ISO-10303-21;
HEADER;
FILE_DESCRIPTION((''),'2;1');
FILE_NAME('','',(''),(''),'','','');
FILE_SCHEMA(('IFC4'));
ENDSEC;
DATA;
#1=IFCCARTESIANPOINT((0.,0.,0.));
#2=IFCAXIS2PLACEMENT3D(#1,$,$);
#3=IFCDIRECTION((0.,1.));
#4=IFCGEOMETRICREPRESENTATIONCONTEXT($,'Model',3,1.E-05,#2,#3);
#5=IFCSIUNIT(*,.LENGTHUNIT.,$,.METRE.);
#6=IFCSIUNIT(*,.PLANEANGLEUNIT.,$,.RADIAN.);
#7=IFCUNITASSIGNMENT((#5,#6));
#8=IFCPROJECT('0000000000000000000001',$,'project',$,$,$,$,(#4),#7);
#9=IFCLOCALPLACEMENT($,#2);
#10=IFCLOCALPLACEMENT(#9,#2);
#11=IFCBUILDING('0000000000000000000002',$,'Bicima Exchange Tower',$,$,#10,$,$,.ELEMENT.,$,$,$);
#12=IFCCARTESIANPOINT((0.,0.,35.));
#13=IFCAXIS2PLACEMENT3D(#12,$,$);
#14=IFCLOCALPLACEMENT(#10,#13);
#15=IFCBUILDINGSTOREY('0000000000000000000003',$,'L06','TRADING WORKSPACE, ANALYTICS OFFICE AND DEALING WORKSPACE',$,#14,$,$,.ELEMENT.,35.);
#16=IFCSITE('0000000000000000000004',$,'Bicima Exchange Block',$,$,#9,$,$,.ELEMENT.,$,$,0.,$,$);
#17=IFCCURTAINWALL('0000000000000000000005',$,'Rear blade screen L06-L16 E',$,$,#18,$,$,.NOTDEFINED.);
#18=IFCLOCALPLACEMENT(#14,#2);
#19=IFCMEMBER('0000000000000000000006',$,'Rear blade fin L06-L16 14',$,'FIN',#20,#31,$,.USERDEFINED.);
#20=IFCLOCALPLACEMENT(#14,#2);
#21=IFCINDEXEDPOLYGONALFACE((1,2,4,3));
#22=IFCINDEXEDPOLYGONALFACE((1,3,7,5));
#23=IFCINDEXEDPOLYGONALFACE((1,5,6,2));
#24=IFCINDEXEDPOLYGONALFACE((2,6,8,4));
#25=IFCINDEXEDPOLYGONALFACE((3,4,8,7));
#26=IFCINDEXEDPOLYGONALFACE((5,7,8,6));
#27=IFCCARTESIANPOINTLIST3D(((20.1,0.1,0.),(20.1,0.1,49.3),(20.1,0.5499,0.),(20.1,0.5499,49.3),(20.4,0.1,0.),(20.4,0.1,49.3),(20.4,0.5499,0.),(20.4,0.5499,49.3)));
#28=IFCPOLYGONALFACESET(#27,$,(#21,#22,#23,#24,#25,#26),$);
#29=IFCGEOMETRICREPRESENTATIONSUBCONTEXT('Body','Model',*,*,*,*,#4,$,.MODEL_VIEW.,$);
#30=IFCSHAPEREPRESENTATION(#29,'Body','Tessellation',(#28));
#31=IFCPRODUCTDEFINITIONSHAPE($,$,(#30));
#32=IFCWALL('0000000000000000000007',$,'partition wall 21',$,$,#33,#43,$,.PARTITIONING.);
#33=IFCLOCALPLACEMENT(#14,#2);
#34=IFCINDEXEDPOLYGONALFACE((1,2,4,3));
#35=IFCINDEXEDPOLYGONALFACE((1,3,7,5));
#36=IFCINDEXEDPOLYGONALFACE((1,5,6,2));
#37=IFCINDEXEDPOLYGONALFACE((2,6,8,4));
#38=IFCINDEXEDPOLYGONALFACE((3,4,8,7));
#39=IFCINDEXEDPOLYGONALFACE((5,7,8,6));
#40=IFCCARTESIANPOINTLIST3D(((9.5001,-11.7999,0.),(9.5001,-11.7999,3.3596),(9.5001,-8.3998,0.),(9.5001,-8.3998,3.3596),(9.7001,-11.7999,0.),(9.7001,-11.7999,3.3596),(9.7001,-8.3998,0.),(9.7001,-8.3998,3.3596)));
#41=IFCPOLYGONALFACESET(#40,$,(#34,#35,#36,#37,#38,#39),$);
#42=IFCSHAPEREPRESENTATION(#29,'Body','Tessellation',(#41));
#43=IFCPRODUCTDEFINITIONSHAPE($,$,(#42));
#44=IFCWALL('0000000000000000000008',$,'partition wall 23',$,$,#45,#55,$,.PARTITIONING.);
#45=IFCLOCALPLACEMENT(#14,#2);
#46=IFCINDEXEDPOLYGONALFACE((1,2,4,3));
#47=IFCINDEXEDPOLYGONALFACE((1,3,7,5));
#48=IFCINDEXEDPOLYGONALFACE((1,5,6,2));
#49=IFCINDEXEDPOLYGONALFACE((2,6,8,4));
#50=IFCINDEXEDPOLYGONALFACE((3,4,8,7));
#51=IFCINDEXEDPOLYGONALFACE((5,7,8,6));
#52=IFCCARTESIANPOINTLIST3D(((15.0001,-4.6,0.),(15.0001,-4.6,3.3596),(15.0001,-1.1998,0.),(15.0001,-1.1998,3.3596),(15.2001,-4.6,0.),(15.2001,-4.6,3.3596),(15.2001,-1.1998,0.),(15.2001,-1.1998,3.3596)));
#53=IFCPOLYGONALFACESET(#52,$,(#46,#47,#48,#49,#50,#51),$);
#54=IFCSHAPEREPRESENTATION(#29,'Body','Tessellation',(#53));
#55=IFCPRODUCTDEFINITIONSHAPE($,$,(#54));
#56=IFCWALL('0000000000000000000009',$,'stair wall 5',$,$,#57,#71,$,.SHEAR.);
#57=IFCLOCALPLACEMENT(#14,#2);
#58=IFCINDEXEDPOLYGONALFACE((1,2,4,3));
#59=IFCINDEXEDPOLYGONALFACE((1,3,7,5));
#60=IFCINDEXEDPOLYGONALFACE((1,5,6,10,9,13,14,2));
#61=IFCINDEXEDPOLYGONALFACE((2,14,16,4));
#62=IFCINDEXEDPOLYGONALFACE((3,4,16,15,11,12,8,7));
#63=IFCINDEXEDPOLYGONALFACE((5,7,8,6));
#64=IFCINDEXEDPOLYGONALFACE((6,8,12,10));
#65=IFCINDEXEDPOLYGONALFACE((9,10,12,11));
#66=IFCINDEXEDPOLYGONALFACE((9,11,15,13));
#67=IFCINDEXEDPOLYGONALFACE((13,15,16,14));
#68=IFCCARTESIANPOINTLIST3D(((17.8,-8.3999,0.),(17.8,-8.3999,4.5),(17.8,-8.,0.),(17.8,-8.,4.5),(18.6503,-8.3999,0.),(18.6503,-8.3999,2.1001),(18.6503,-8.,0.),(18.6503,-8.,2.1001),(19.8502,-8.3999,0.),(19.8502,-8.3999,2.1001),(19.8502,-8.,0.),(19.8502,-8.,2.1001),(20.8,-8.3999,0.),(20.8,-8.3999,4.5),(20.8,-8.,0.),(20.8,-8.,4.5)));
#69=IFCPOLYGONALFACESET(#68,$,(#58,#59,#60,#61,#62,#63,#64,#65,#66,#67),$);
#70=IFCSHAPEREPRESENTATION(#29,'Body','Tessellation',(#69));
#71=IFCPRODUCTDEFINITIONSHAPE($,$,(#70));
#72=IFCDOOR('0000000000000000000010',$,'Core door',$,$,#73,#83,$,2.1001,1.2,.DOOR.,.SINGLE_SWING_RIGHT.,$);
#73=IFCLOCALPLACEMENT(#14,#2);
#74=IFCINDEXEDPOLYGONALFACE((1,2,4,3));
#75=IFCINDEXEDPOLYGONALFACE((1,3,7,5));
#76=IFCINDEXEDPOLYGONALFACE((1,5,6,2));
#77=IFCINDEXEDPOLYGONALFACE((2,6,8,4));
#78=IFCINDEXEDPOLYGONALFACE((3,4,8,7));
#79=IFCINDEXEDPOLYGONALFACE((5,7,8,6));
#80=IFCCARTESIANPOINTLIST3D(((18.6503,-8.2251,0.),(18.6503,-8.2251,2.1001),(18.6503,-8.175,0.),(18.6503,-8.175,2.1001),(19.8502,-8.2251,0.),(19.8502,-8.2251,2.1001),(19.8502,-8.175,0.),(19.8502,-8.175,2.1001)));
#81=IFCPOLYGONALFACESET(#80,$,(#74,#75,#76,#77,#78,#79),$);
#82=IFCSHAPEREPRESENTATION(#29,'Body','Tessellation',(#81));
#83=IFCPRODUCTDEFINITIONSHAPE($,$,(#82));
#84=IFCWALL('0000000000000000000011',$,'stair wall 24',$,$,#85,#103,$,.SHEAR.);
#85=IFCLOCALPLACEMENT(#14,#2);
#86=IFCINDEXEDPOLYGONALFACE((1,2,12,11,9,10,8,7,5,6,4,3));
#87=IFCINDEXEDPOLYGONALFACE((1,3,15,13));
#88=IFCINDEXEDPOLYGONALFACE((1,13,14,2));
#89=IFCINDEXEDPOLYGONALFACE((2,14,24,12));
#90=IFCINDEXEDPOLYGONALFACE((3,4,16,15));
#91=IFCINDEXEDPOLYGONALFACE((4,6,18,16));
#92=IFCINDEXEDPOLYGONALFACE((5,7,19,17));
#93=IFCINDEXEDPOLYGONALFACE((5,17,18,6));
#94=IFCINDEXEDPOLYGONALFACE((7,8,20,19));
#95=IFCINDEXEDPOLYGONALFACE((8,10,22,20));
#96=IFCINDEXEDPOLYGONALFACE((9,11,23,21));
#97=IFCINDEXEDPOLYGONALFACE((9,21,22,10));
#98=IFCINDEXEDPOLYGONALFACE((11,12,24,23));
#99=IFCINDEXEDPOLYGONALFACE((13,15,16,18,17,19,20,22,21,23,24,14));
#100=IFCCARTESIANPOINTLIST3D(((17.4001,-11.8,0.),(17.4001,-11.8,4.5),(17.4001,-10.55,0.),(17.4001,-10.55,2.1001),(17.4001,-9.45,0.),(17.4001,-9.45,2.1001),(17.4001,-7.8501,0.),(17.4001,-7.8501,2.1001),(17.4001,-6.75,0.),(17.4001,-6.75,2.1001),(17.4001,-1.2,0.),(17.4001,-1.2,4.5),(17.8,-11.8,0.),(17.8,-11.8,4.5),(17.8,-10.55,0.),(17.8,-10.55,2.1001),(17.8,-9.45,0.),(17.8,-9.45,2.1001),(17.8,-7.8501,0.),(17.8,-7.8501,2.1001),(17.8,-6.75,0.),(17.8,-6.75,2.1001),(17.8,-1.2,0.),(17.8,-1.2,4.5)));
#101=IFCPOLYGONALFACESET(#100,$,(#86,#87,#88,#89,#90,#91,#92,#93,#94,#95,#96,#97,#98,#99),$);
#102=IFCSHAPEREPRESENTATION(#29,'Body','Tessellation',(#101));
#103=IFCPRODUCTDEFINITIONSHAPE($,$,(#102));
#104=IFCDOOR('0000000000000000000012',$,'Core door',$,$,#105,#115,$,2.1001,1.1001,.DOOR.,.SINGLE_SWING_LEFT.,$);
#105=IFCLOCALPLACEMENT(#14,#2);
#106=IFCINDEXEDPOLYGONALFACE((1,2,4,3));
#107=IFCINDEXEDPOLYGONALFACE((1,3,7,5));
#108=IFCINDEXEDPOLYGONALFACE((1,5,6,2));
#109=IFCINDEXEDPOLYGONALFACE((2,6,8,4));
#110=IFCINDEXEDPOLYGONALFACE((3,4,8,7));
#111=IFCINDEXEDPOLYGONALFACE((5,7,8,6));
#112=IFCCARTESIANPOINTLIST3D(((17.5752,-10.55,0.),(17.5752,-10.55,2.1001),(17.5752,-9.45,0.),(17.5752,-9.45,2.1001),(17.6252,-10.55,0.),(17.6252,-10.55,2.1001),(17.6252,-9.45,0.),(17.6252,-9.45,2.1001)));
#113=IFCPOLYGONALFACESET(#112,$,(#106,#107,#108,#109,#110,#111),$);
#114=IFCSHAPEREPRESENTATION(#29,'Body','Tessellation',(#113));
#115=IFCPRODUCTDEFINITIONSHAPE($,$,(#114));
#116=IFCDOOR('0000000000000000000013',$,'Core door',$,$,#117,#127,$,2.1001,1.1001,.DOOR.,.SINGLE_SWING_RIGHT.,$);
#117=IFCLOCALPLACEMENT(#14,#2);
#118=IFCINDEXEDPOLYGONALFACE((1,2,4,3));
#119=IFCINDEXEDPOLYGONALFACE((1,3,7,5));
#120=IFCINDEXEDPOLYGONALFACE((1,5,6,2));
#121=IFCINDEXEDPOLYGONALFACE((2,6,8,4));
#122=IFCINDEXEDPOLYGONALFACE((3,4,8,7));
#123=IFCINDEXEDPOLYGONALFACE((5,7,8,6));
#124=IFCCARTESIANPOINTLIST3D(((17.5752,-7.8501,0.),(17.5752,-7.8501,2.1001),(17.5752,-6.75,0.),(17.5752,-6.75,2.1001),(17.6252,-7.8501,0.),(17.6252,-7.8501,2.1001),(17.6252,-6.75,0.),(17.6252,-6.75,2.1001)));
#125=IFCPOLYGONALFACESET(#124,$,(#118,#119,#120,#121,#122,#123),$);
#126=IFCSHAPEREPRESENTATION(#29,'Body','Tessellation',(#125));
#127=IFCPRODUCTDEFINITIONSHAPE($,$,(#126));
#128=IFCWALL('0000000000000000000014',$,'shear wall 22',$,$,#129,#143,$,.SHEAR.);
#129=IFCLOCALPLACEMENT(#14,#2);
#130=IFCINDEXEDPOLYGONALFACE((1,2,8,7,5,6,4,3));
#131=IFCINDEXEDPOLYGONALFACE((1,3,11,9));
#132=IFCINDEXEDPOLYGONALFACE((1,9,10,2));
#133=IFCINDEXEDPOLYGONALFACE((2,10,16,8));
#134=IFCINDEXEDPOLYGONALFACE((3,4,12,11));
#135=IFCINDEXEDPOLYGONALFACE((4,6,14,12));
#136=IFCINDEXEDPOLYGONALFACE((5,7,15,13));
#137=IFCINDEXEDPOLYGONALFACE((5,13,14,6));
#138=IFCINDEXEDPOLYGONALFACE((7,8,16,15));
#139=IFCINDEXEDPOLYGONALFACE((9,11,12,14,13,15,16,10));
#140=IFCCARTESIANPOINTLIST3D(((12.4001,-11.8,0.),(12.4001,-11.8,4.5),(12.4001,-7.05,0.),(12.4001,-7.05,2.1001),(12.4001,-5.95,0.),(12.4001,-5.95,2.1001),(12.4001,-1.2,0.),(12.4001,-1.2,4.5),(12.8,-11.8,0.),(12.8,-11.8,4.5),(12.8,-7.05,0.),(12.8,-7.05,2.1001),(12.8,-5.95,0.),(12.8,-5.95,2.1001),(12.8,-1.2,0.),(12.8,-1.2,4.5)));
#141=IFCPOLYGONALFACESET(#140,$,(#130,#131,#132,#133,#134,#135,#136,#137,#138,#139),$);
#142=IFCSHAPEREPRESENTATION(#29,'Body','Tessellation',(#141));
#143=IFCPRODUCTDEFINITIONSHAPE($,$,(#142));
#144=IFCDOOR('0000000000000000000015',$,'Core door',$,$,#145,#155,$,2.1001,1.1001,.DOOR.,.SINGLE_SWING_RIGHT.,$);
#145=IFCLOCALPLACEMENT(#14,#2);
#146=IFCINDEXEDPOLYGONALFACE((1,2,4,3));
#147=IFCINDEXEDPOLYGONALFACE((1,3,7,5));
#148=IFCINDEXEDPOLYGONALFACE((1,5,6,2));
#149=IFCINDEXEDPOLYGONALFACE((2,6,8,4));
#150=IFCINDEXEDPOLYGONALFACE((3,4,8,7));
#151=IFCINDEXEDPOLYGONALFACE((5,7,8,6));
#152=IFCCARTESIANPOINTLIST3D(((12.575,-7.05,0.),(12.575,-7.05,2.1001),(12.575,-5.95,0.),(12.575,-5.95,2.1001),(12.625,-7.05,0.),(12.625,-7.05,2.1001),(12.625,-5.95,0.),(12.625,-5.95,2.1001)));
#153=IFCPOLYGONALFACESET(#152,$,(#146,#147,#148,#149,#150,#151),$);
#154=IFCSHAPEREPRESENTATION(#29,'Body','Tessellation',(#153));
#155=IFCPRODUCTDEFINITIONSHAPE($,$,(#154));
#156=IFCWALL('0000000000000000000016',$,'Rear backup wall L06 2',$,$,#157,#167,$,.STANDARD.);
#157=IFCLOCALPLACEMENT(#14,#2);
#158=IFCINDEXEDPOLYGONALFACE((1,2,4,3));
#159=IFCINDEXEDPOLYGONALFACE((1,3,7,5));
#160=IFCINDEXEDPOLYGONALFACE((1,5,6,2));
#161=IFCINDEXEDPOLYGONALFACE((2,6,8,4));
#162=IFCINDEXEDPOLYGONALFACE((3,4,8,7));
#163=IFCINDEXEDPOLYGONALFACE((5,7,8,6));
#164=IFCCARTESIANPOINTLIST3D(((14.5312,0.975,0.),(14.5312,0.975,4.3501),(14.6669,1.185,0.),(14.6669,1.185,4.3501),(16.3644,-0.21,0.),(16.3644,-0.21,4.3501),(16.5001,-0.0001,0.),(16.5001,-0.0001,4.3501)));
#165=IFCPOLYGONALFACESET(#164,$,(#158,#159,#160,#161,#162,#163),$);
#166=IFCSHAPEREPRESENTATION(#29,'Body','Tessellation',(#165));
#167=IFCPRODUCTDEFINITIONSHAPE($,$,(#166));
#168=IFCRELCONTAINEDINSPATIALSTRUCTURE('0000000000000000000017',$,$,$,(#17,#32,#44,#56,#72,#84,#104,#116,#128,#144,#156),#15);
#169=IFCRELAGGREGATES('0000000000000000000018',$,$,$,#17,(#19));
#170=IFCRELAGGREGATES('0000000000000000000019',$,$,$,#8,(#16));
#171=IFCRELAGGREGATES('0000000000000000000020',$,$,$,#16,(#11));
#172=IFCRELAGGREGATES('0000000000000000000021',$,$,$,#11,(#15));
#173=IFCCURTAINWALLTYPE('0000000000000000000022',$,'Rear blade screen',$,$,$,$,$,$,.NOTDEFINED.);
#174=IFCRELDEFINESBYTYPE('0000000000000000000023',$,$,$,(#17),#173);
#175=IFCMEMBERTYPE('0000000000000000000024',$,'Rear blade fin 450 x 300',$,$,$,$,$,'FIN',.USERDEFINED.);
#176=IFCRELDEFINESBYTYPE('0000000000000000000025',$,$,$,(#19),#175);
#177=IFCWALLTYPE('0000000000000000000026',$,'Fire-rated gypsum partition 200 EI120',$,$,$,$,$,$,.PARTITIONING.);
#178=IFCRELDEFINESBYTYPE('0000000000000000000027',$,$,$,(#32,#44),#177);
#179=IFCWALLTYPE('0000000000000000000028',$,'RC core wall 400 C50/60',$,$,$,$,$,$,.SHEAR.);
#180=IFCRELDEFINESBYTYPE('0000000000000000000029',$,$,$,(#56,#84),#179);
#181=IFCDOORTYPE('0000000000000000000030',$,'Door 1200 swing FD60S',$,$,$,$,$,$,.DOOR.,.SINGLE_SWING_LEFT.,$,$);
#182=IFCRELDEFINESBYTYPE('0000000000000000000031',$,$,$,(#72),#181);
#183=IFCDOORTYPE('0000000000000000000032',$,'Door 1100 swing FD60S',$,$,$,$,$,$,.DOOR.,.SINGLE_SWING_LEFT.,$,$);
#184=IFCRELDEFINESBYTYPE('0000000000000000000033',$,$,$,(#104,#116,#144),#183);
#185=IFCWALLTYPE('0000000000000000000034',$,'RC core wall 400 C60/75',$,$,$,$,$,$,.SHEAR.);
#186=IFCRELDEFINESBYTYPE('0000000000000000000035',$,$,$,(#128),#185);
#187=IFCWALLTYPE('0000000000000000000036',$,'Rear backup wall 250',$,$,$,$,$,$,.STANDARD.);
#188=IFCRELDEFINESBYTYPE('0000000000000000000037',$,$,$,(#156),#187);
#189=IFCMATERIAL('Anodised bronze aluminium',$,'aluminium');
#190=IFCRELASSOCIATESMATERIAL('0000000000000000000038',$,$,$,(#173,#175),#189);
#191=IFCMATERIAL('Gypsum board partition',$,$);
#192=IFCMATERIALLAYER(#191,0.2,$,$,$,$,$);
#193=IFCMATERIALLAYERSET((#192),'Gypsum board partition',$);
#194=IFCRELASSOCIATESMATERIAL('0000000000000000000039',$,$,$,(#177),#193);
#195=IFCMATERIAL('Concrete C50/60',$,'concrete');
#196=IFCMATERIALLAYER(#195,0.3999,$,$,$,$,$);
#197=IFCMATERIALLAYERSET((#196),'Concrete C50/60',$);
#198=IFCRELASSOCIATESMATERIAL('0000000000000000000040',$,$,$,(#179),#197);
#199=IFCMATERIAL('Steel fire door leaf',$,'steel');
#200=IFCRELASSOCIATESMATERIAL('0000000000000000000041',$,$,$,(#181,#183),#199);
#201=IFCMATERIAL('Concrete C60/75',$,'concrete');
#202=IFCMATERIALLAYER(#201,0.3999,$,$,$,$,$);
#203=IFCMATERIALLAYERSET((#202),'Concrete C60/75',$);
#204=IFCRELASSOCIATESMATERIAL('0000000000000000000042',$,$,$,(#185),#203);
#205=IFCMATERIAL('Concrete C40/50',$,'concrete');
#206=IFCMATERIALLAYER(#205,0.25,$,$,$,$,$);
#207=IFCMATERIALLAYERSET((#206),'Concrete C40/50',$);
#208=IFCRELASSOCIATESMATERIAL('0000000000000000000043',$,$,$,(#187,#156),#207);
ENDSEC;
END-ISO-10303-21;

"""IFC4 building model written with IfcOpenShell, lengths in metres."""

from ifc_helpers import new_model, si_unit, direction, frame, frame_2d, origin, origin_2d, place, context, subcontext, project, spatial, rectangle, extrude, material, layer, layer_set, layer_usage, material_profile, profile_set, type_object, element, fill, aggregate, save


model = new_model("IFC4")

# Units and contexts
model_context = context("Model", 3, precision=1e-05, world=origin(), true_north=direction((0.0, 1.0)))
body_context = subcontext(model_context, "Body", "Model", "MODEL_VIEW")
ifc_project = project(units=[si_unit("LENGTHUNIT", "METRE"), si_unit("PLANEANGLEUNIT", "RADIAN")], contexts=[model_context])

# Site, building, storey
site_placement = place(None, origin())
site = spatial("IfcSite", under=ifc_project, at=site_placement, Name="Bicima Exchange Block", CompositionType="ELEMENT", RefElevation=0.0)
building_placement = place(site_placement, origin())
building = spatial("IfcBuilding", under=site, at=building_placement, Name="Bicima Exchange Tower", CompositionType="ELEMENT")
storey_placement = place(building_placement, frame((0.0, 0.0, 35.0)))
storey = spatial("IfcBuildingStorey", under=building, at=storey_placement, Name="L06", Description="TRADING WORKSPACE, ANALYTICS OFFICE AND DEALING WORKSPACE", CompositionType="ELEMENT", Elevation=35.0)

# Curtain wall, member
ifc_material_1 = material(Name="Anodised bronze aluminium", Category="aluminium")
curtain_wall_type = type_object("IfcCurtainWallType", Name="Rear blade screen", PredefinedType="NOTDEFINED", material=ifc_material_1)
curtain_wall_placement = place(storey_placement, origin())
curtain_wall = element("IfcCurtainWall", 1, at=curtain_wall_placement, inside=storey, type_object=curtain_wall_type, Name="Rear blade screen L06-L16 E", PredefinedType="NOTDEFINED")
ifc_material_profile_1 = material_profile(ifc_material_1, rectangle(XDim=0.45, YDim=0.3, at=origin_2d()))
ifc_profile_set_1 = profile_set([ifc_material_profile_1], Name="Anodised bronze aluminium")
member_type_1 = type_object("IfcMemberType", Name="Rear blade fin 450 x 300", ElementType="FIN", PredefinedType="USERDEFINED", material=ifc_profile_set_1)
member_1_placement = place(storey_placement, frame((20.25, 0.325, 0.0), z_axis=(0.0, 0.0, 1.0), x_axis=(0.0, 1.0, 0.0)))
member_1 = element("IfcMember", 2, at=member_1_placement, type_object=member_type_1, Name="Rear blade fin L06-L16 14", ObjectType="FIN", PredefinedType="USERDEFINED", context=body_context, shape_type="SweptSolid", body=[
    extrude(rectangle(XDim=0.45, YDim=0.3, at=origin_2d()), origin(), (0.0, 0.0, 1.0), 49.3),
])
aggregate(curtain_wall, [member_1])

# Walls
ifc_material_2 = material(Name="Gypsum board partition")
ifc_layer_1 = layer(ifc_material_2, 0.2)
ifc_layer_set_1 = layer_set([ifc_layer_1], Name="Gypsum board partition")
wall_type_1 = type_object("IfcWallType", Name="Fire-rated gypsum partition 200 EI120", PredefinedType="PARTITIONING", material=ifc_layer_set_1)
for number, where, z_axis, x_axis, name in (
    (3, (9.6001, -11.8, 0.0), (0.0, 0.0, 1.0), (0.0, 1.0, 0.0), "partition wall 21"),
    (4, (15.1001, -4.6001, 0.0), (0.0, 0.0, 1.0), (0.0, 1.0, 0.0), "partition wall 23"),
):
    element("IfcWall", number, at=place(storey_placement, frame(where, z_axis=z_axis, x_axis=x_axis)), inside=storey, type_object=wall_type_1, Name=name, PredefinedType="PARTITIONING", context=body_context, shape_type="SweptSolid", body=[
        extrude(rectangle(XDim=3.4001, YDim=0.2, at=frame_2d((1.7002, 0.0))), origin(), (0.0, 0.0, 1.0), 3.3596),
    ])

# Wall, opening, door
ifc_material_3 = material(Name="Concrete C50/60", Category="concrete")
ifc_layer_2 = layer(ifc_material_3, 0.3999)
ifc_layer_set_2 = layer_set([ifc_layer_2], Name="Concrete C50/60")
wall_type_2 = type_object("IfcWallType", Name="RC core wall 400 C50/60", PredefinedType="SHEAR", material=ifc_layer_set_2)
wall_1_placement = place(storey_placement, frame((17.8, -8.2, 0.0), z_axis=(0.0, 0.0, 1.0), x_axis=(1.0, 0.0, 0.0)))
wall_1 = element("IfcWall", 5, at=wall_1_placement, inside=storey, type_object=wall_type_2, Name="stair wall 5", PredefinedType="SHEAR", context=body_context, shape_type="SweptSolid", body=[
    extrude(rectangle(XDim=3.0, YDim=0.3999, at=frame_2d((1.5, 0.0))), origin(), (0.0, 0.0, 1.0), 4.5),
])
opening_1_placement = place(wall_1_placement, frame((0.8501, 0.0, 0.0)))
opening_1 = element("IfcOpeningElement", 6, at=opening_1_placement, cuts=wall_1, PredefinedType="OPENING", context=body_context, shape_type="SweptSolid", body=[
    extrude(rectangle(XDim=1.2, YDim=2.1001, at=frame_2d((0.6001, 1.05))), frame((0.0, 0.2119, 0.0), z_axis=(0.0, -1.0, 0.0), x_axis=(1.0, 0.0, 0.0)), (0.0, 0.0, 1.0), 0.4238),
])
ifc_material_4 = material(Name="Steel fire door leaf", Category="steel")
door_type_1 = type_object("IfcDoorType", Name="Door 1200 swing FD60S", OperationType="SINGLE_SWING_LEFT", PredefinedType="DOOR", material=ifc_material_4)
door_1_placement = place(opening_1_placement, origin())
door_1 = element("IfcDoor", 7, at=door_1_placement, inside=storey, type_object=door_type_1, Name="Core door", OperationType="SINGLE_SWING_RIGHT", OverallHeight=2.1001, OverallWidth=1.2, PredefinedType="DOOR", context=body_context, shape_type="SweptSolid", body=[
    extrude(rectangle(XDim=1.2, YDim=2.1001, at=frame_2d((0.6001, 1.05))), frame((0.0, 0.0249, 0.0), z_axis=(0.0, -1.0, 0.0), x_axis=(1.0, 0.0, 0.0)), (0.0, 0.0, 1.0), 0.05),
])
fill(opening_1, door_1)

# Wall, openings, doors
wall_2_placement = place(storey_placement, frame((17.6001, -11.8, 0.0), z_axis=(0.0, 0.0, 1.0), x_axis=(0.0, 1.0, 0.0)))
wall_2 = element("IfcWall", 8, at=wall_2_placement, inside=storey, type_object=wall_type_2, Name="stair wall 24", PredefinedType="SHEAR", context=body_context, shape_type="SweptSolid", body=[
    extrude(rectangle(XDim=10.6001, YDim=0.3999, at=frame_2d((5.3, 0.0))), origin(), (0.0, 0.0, 1.0), 4.5),
])
opening_2_placement = place(wall_2_placement, frame((1.25, 0.0, 0.0)))
opening_2 = element("IfcOpeningElement", 9, at=opening_2_placement, cuts=wall_2, PredefinedType="OPENING", context=body_context, shape_type="SweptSolid", body=[
    extrude(rectangle(XDim=1.1001, YDim=2.1001, at=frame_2d((0.55, 1.05))), frame((0.0, 0.2119, 0.0), z_axis=(0.0, -1.0, 0.0), x_axis=(1.0, 0.0, 0.0)), (0.0, 0.0, 1.0), 0.4238),
])
opening_3_placement = place(wall_2_placement, frame((3.95, 0.0, 0.0)))
opening_3 = element("IfcOpeningElement", 10, at=opening_3_placement, cuts=wall_2, PredefinedType="OPENING", context=body_context, shape_type="SweptSolid", body=[
    extrude(rectangle(XDim=1.1001, YDim=2.1001, at=frame_2d((0.55, 1.05))), frame((0.0, 0.2119, 0.0), z_axis=(0.0, -1.0, 0.0), x_axis=(1.0, 0.0, 0.0)), (0.0, 0.0, 1.0), 0.4238),
])
door_type_2 = type_object("IfcDoorType", Name="Door 1100 swing FD60S", OperationType="SINGLE_SWING_LEFT", PredefinedType="DOOR", material=ifc_material_4)
door_2_placement = place(opening_2_placement, origin())
door_2 = element("IfcDoor", 11, at=door_2_placement, inside=storey, type_object=door_type_2, Name="Core door", OperationType="SINGLE_SWING_LEFT", OverallHeight=2.1001, OverallWidth=1.1001, PredefinedType="DOOR", context=body_context, shape_type="SweptSolid", body=[
    extrude(rectangle(XDim=1.1001, YDim=2.1001, at=frame_2d((0.55, 1.05))), frame((0.0, 0.0249, 0.0), z_axis=(0.0, -1.0, 0.0), x_axis=(1.0, 0.0, 0.0)), (0.0, 0.0, 1.0), 0.05),
])
fill(opening_2, door_2)
door_3_placement = place(opening_3_placement, origin())
door_3 = element("IfcDoor", 12, at=door_3_placement, inside=storey, type_object=door_type_2, Name="Core door", OperationType="SINGLE_SWING_RIGHT", OverallHeight=2.1001, OverallWidth=1.1001, PredefinedType="DOOR", context=body_context, shape_type="SweptSolid", body=[
    extrude(rectangle(XDim=1.1001, YDim=2.1001, at=frame_2d((0.55, 1.05))), frame((0.0, 0.0249, 0.0), z_axis=(0.0, -1.0, 0.0), x_axis=(1.0, 0.0, 0.0)), (0.0, 0.0, 1.0), 0.05),
])
fill(opening_3, door_3)

# Wall, opening, door
ifc_material_5 = material(Name="Concrete C60/75", Category="concrete")
ifc_layer_3 = layer(ifc_material_5, 0.3999)
ifc_layer_set_3 = layer_set([ifc_layer_3], Name="Concrete C60/75")
wall_type_3 = type_object("IfcWallType", Name="RC core wall 400 C60/75", PredefinedType="SHEAR", material=ifc_layer_set_3)
wall_3_placement = place(storey_placement, frame((12.6001, -11.8, 0.0), z_axis=(0.0, 0.0, 1.0), x_axis=(0.0, 1.0, 0.0)))
wall_3 = element("IfcWall", 13, at=wall_3_placement, inside=storey, type_object=wall_type_3, Name="shear wall 22", PredefinedType="SHEAR", context=body_context, shape_type="SweptSolid", body=[
    extrude(rectangle(XDim=10.6001, YDim=0.3999, at=frame_2d((5.3, 0.0))), origin(), (0.0, 0.0, 1.0), 4.5),
])
opening_4_placement = place(wall_3_placement, frame((4.75, 0.0, 0.0)))
opening_4 = element("IfcOpeningElement", 14, at=opening_4_placement, cuts=wall_3, PredefinedType="OPENING", context=body_context, shape_type="SweptSolid", body=[
    extrude(rectangle(XDim=1.1001, YDim=2.1001, at=frame_2d((0.55, 1.05))), frame((0.0, 0.2119, 0.0), z_axis=(0.0, -1.0, 0.0), x_axis=(1.0, 0.0, 0.0)), (0.0, 0.0, 1.0), 0.4238),
])
door_4_placement = place(opening_4_placement, frame((1.1001, 0.0, 0.0), z_axis=(0.0, 0.0, 1.0), x_axis=(-1.0, 0.0, 0.0)))
door_4 = element("IfcDoor", 15, at=door_4_placement, inside=storey, type_object=door_type_2, Name="Core door", OperationType="SINGLE_SWING_RIGHT", OverallHeight=2.1001, OverallWidth=1.1001, PredefinedType="DOOR", context=body_context, shape_type="SweptSolid", body=[
    extrude(rectangle(XDim=1.1001, YDim=2.1001, at=frame_2d((0.55, 1.05))), frame((0.0, 0.0249, 0.0), z_axis=(0.0, -1.0, 0.0), x_axis=(1.0, 0.0, 0.0)), (0.0, 0.0, 1.0), 0.05),
])
fill(opening_4, door_4)

# Wall
ifc_material_6 = material(Name="Concrete C40/50", Category="concrete")
ifc_layer_4 = layer(ifc_material_6, 0.25)
ifc_layer_set_4 = layer_set([ifc_layer_4], Name="Concrete C40/50")
ifc_layer_usage = layer_usage(ifc_layer_set_4, "AXIS2", "POSITIVE", -0.125)
wall_type_4 = type_object("IfcWallType", Name="Rear backup wall 250", PredefinedType="STANDARD", material=ifc_layer_set_4)
wall_4_placement = place(storey_placement, frame((16.4321, -0.105, 0.0), z_axis=(0.0, 0.0, 1.0), x_axis=(-0.839813, 0.542876, 0.0)))
element("IfcWall", 16, at=wall_4_placement, inside=storey, type_object=wall_type_4, material=ifc_layer_usage, Name="Rear backup wall L06 2", PredefinedType="STANDARD", context=body_context, shape_type="SweptSolid", body=[
    extrude(rectangle(XDim=2.1829, YDim=0.25, at=frame_2d((1.0913, 0.0))), origin(), (0.0, 0.0, 1.0), 4.3501),
])

save(model, "model.ifc")
